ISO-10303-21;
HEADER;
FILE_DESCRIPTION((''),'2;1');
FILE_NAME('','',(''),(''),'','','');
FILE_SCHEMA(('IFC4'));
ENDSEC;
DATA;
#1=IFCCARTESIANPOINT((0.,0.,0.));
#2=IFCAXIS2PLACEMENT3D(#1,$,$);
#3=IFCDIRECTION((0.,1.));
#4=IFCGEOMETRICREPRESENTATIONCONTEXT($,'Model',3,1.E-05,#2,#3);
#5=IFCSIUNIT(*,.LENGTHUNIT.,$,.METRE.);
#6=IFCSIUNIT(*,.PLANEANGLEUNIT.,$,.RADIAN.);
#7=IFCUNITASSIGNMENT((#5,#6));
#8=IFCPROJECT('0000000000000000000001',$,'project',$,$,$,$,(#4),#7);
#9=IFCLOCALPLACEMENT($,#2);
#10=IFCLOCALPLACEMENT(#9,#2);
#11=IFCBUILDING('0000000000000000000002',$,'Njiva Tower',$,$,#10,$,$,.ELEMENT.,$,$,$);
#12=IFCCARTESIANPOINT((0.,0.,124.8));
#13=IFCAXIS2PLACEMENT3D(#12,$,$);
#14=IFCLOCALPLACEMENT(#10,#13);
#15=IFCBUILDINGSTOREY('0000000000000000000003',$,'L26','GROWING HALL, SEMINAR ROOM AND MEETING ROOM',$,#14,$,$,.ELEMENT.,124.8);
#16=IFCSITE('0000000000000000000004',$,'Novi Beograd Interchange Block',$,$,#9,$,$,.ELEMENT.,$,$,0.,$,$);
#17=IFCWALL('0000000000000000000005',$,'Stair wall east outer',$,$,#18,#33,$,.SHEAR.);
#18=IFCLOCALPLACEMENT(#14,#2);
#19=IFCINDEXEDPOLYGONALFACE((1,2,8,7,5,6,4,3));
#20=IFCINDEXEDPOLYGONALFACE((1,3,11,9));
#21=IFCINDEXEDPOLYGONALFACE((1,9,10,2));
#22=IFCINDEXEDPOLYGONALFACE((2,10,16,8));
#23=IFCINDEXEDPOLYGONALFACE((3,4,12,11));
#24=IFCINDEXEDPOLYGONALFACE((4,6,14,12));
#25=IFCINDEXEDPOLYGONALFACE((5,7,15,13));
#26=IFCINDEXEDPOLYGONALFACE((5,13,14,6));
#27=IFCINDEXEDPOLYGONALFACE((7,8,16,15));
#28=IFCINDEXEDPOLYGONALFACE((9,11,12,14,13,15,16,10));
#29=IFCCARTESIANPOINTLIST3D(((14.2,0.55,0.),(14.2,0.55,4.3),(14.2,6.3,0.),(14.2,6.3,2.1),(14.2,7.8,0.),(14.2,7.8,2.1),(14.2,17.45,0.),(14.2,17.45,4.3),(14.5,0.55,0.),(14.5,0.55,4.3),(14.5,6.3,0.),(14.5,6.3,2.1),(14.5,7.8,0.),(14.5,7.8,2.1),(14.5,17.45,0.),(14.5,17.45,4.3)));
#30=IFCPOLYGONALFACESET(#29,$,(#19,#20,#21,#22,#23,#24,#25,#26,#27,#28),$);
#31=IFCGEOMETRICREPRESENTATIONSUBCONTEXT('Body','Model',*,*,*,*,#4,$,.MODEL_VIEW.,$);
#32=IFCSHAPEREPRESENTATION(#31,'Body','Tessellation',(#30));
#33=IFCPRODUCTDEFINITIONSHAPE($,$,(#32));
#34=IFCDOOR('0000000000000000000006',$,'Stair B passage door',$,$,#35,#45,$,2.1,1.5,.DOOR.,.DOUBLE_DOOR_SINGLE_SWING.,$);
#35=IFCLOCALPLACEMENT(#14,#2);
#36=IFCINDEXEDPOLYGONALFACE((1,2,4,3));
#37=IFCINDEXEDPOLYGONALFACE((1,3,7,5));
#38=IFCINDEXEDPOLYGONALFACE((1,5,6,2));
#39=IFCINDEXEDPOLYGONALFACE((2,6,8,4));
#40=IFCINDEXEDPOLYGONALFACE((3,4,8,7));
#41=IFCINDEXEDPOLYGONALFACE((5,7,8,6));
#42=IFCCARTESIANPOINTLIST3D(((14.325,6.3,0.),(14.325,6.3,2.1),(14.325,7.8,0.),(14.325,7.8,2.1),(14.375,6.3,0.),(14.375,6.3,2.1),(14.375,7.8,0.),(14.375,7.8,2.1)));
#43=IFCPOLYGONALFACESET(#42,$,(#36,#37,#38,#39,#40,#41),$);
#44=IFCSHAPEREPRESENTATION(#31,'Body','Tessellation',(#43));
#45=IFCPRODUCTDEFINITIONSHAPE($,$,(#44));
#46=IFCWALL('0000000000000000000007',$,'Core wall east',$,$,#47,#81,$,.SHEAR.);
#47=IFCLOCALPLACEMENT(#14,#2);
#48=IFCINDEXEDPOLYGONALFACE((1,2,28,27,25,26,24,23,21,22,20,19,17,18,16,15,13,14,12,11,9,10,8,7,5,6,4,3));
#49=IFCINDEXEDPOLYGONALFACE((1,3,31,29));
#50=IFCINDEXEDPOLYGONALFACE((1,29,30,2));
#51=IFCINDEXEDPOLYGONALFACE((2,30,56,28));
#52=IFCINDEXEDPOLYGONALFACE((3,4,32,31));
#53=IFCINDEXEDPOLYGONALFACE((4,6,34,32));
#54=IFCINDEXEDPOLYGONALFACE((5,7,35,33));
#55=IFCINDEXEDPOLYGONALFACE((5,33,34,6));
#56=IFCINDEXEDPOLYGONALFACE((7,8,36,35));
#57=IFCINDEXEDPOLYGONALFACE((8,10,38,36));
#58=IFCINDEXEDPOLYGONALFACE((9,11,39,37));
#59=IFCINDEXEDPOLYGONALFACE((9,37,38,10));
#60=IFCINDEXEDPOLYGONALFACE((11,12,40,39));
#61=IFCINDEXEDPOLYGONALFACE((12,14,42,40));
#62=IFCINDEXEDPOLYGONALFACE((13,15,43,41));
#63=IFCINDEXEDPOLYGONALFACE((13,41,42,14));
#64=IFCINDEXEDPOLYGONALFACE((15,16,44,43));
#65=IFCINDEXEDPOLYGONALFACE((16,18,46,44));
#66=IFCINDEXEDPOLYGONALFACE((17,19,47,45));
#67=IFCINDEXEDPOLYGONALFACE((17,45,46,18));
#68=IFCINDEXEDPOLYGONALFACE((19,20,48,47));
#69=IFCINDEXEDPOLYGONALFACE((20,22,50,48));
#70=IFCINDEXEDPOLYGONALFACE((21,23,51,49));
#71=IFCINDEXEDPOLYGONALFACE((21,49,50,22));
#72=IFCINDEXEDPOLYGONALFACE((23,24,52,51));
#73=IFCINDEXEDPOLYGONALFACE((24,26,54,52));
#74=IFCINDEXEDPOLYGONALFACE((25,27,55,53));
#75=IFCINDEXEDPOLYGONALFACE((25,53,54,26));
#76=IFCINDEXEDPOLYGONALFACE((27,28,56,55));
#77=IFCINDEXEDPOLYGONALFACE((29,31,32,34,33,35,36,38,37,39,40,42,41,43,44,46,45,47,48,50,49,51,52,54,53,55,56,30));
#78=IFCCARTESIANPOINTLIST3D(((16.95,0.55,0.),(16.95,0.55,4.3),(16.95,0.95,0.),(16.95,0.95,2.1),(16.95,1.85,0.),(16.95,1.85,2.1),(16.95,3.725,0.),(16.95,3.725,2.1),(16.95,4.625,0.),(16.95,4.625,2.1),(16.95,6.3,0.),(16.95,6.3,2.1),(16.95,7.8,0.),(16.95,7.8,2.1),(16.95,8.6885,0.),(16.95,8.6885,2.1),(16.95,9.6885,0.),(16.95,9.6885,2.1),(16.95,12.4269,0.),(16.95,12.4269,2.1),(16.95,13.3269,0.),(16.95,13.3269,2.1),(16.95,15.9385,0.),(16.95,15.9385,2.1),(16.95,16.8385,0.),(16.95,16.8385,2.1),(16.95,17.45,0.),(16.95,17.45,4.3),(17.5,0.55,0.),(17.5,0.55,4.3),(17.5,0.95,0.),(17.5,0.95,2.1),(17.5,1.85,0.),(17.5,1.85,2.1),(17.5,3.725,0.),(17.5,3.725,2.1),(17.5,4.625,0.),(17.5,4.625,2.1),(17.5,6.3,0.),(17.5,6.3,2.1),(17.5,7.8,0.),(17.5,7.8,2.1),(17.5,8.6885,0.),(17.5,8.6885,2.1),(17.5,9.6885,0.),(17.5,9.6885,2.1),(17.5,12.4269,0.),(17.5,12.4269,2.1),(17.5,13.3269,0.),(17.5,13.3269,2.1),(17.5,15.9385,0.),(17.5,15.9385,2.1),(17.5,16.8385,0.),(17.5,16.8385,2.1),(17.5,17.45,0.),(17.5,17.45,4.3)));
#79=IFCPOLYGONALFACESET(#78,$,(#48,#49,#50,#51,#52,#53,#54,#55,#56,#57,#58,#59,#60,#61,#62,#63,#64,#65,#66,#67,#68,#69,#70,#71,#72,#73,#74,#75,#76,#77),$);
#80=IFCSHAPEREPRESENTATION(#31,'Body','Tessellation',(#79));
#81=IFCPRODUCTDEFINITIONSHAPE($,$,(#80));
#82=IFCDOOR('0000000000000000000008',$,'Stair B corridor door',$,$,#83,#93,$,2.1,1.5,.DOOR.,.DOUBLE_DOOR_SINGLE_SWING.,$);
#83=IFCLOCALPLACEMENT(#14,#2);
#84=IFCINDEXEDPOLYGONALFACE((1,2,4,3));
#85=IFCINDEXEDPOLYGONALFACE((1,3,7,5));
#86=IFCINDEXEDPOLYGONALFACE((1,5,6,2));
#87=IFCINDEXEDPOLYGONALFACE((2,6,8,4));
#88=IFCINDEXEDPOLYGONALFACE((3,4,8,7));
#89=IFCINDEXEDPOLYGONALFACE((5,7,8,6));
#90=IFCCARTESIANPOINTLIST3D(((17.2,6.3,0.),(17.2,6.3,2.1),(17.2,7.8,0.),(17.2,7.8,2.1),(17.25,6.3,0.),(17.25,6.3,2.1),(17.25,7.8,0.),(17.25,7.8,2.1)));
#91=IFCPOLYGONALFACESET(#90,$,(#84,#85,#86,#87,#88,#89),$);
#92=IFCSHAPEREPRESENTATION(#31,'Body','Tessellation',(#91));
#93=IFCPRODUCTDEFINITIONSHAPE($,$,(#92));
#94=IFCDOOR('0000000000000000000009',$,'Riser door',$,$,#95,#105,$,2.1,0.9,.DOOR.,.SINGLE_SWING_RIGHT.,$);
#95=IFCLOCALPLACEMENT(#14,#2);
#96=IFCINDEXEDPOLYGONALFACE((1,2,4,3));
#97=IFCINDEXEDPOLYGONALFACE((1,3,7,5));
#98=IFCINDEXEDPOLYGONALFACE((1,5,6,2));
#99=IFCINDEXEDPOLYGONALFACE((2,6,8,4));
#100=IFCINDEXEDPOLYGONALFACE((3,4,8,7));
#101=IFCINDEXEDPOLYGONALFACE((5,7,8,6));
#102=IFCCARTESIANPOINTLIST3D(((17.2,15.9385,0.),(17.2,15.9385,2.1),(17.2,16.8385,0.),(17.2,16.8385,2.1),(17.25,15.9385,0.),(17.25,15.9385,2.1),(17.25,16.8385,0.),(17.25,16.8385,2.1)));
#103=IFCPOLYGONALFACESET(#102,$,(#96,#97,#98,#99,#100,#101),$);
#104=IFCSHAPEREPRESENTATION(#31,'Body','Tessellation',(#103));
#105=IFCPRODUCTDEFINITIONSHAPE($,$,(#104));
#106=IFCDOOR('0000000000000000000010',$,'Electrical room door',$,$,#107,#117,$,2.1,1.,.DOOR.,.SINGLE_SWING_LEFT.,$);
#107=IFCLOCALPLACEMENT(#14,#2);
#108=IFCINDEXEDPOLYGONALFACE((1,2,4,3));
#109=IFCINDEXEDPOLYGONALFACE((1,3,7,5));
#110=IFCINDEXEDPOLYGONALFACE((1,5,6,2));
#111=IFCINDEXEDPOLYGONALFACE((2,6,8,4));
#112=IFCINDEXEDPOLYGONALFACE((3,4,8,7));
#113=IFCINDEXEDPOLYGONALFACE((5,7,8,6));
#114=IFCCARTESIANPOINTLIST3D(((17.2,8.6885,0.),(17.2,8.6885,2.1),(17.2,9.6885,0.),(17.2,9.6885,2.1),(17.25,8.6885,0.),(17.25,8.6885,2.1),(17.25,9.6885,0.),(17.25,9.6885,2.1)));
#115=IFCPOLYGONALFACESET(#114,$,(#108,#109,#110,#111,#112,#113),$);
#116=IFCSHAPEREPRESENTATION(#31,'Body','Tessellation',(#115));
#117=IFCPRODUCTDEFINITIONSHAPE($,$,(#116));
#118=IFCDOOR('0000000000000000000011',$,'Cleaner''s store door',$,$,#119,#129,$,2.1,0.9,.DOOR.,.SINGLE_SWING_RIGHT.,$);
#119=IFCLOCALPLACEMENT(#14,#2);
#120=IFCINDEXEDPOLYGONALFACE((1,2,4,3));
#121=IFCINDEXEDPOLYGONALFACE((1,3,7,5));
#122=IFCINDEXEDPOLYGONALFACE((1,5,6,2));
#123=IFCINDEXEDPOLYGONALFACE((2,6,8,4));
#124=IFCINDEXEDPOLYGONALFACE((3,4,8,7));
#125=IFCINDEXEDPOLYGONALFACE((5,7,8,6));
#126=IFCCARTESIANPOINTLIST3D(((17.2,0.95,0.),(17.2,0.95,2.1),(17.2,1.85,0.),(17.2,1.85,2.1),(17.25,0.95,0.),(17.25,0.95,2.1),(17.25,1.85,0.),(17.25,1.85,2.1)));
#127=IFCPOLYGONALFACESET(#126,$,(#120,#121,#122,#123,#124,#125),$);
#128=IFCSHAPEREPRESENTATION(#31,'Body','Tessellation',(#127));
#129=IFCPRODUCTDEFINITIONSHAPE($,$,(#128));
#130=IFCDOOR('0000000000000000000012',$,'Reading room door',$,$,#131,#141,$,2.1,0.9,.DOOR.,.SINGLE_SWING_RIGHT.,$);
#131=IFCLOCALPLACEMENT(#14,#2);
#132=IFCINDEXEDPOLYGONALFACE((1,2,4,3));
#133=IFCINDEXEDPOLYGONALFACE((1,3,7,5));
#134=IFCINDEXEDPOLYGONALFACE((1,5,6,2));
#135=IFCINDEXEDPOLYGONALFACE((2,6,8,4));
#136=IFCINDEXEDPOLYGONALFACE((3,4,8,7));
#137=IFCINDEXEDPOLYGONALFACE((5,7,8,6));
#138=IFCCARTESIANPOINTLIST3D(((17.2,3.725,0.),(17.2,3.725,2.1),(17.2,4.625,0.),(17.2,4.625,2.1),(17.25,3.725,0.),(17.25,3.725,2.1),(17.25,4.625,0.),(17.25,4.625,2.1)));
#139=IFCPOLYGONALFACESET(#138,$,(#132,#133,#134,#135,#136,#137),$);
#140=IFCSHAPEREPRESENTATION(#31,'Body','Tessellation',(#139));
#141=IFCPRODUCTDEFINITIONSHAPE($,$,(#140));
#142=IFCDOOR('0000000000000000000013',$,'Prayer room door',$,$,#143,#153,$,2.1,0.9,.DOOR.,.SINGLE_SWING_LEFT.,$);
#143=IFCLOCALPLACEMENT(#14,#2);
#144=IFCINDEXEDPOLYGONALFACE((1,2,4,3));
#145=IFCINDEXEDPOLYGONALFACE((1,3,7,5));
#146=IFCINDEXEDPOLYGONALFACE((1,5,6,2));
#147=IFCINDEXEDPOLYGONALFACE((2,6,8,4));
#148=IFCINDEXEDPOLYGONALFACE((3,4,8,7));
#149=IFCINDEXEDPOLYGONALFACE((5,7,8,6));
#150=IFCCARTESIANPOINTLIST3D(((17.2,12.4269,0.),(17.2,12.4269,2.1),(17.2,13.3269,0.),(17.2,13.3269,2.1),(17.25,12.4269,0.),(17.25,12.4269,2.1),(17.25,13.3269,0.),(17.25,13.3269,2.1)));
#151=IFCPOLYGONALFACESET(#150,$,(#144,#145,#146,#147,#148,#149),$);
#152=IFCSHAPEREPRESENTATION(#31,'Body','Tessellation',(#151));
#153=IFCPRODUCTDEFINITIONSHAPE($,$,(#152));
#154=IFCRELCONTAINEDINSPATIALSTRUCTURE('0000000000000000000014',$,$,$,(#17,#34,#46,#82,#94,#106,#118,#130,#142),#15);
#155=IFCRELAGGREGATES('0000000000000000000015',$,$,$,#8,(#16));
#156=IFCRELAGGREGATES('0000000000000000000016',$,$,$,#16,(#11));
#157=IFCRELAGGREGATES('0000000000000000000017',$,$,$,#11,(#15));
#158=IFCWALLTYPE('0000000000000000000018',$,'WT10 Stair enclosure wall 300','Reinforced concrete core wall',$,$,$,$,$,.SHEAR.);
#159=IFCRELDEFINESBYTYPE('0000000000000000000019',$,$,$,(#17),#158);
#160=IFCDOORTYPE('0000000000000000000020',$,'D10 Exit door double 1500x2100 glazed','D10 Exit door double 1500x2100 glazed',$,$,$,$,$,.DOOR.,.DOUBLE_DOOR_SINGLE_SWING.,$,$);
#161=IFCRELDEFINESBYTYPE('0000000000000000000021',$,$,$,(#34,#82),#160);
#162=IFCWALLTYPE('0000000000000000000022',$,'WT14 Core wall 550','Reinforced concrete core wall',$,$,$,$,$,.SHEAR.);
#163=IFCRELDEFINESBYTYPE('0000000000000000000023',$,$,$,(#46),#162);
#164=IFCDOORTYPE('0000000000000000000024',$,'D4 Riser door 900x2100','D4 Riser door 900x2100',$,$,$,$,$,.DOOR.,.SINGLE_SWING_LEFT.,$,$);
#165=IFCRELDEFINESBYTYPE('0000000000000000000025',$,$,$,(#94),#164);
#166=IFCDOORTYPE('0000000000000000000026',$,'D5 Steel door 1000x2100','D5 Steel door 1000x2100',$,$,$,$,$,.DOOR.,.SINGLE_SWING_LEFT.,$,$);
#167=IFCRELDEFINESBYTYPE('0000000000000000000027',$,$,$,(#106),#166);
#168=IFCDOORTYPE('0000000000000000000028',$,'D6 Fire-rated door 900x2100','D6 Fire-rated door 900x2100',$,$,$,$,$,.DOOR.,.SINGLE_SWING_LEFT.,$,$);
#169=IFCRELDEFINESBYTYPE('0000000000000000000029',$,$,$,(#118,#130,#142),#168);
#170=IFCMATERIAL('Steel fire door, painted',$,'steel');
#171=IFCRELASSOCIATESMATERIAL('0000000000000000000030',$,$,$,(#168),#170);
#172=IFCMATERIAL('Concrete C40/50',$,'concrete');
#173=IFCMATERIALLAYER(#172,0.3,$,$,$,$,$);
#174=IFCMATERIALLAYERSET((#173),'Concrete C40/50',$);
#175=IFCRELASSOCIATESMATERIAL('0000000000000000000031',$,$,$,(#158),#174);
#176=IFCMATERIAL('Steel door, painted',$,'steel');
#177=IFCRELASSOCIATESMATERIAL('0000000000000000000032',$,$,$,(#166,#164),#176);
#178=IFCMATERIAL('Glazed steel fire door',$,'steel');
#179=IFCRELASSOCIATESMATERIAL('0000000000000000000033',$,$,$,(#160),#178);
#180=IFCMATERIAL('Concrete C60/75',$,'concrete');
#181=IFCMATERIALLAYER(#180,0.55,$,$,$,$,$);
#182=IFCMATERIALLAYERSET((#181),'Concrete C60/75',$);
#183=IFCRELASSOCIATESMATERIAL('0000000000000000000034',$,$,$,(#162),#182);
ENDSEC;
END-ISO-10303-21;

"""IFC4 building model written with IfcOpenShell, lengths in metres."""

from ifc_helpers import new_model, si_unit, direction, frame, frame_2d, origin, place, context, subcontext, project, spatial, rectangle, extrude, material, layer, layer_set, type_object, element, fill, save


model = new_model("IFC4")

# Units and contexts
model_context = context("Model", 3, precision=1e-05, world=origin(), true_north=direction((0.0, 1.0)))
body_context = subcontext(model_context, "Body", "Model", "MODEL_VIEW")
ifc_project = project(units=[si_unit("LENGTHUNIT", "METRE"), si_unit("PLANEANGLEUNIT", "RADIAN")], contexts=[model_context])

# Site, building, storey
site_placement = place(None, origin())
site = spatial("IfcSite", under=ifc_project, at=site_placement, Name="Novi Beograd Interchange Block", CompositionType="ELEMENT", RefElevation=0.0)
building_placement = place(site_placement, origin())
building = spatial("IfcBuilding", under=site, at=building_placement, Name="Njiva Tower", CompositionType="ELEMENT")
storey_placement = place(building_placement, frame((0.0, 0.0, 124.8)))
storey = spatial("IfcBuildingStorey", under=building, at=storey_placement, Name="L26", Description="GROWING HALL, SEMINAR ROOM AND MEETING ROOM", CompositionType="ELEMENT", Elevation=124.8)

# Shared definitions
ifc_material_1 = material(Name="Steel fire door, painted", Category="steel")
door_type_1 = type_object("IfcDoorType", Name="D6 Fire-rated door 900x2100", Description="D6 Fire-rated door 900x2100", OperationType="SINGLE_SWING_LEFT", PredefinedType="DOOR", material=ifc_material_1)

# Shared definitions
ifc_material_2 = material(Name="Concrete C40/50", Category="concrete")
ifc_layer_1 = layer(ifc_material_2, 0.3)
ifc_layer_set_1 = layer_set([ifc_layer_1], Name="Concrete C40/50")
wall_type_1 = type_object("IfcWallType", Name="WT10 Stair enclosure wall 300", Description="Reinforced concrete core wall", PredefinedType="SHEAR", material=ifc_layer_set_1)
ifc_material_3 = material(Name="Steel door, painted", Category="steel")
door_type_2 = type_object("IfcDoorType", Name="D5 Steel door 1000x2100", Description="D5 Steel door 1000x2100", OperationType="SINGLE_SWING_LEFT", PredefinedType="DOOR", material=ifc_material_3)
ifc_material_4 = material(Name="Glazed steel fire door", Category="steel")

# Wall, opening, door
wall_1_placement = place(storey_placement, frame((14.35, 0.55, 0.0), z_axis=(0.0, 0.0, 1.0), x_axis=(0.0, 1.0, 0.0)))
wall_1 = element("IfcWall", 1, at=wall_1_placement, inside=storey, type_object=wall_type_1, Name="Stair wall east outer", PredefinedType="SHEAR", context=body_context, shape_type="SweptSolid", body=[
    extrude(rectangle(XDim=16.9, YDim=0.3, at=frame_2d((8.45, 0.0))), origin(), (0.0, 0.0, 1.0), 4.3),
])
opening_1_placement = place(wall_1_placement, frame((5.75, 0.0, 0.0)))
opening_1 = element("IfcOpeningElement", 2, at=opening_1_placement, cuts=wall_1, PredefinedType="OPENING", context=body_context, shape_type="SweptSolid", body=[
    extrude(rectangle(XDim=1.5, YDim=2.1, at=frame_2d((0.75, 1.05))), frame((0.0, 0.16, 0.0), z_axis=(0.0, -1.0, 0.0), x_axis=(1.0, 0.0, 0.0)), (0.0, 0.0, 1.0), 0.32),
])
door_type_3 = type_object("IfcDoorType", Name="D10 Exit door double 1500x2100 glazed", Description="D10 Exit door double 1500x2100 glazed", OperationType="DOUBLE_DOOR_SINGLE_SWING", PredefinedType="DOOR", material=ifc_material_4)
door_1_placement = place(opening_1_placement, origin())
door_1 = element("IfcDoor", 3, at=door_1_placement, inside=storey, type_object=door_type_3, Name="Stair B passage door", OperationType="DOUBLE_DOOR_SINGLE_SWING", OverallHeight=2.1, OverallWidth=1.5, PredefinedType="DOOR", context=body_context, shape_type="SweptSolid", body=[
    extrude(rectangle(XDim=1.5, YDim=2.1, at=frame_2d((0.75, 1.05))), frame((0.0, 0.025, 0.0), z_axis=(0.0, -1.0, 0.0), x_axis=(1.0, 0.0, 0.0)), (0.0, 0.0, 1.0), 0.05),
])
fill(opening_1, door_1)

# Wall, openings, doors
ifc_material_5 = material(Name="Concrete C60/75", Category="concrete")
ifc_layer_2 = layer(ifc_material_5, 0.55)
ifc_layer_set_2 = layer_set([ifc_layer_2], Name="Concrete C60/75")
wall_type_2 = type_object("IfcWallType", Name="WT14 Core wall 550", Description="Reinforced concrete core wall", PredefinedType="SHEAR", material=ifc_layer_set_2)
wall_2_placement = place(storey_placement, frame((17.225, 0.55, 0.0), z_axis=(0.0, 0.0, 1.0), x_axis=(0.0, 1.0, 0.0)))
wall_2 = element("IfcWall", 4, at=wall_2_placement, inside=storey, type_object=wall_type_2, Name="Core wall east", PredefinedType="SHEAR", context=body_context, shape_type="SweptSolid", body=[
    extrude(rectangle(XDim=16.9, YDim=0.55, at=frame_2d((8.45, 0.0))), origin(), (0.0, 0.0, 1.0), 4.3),
])
opening_2_placement = place(wall_2_placement, frame((5.75, 0.0, 0.0)))
opening_2 = element("IfcOpeningElement", 5, at=opening_2_placement, cuts=wall_2, PredefinedType="OPENING", context=body_context, shape_type="SweptSolid", body=[
    extrude(rectangle(XDim=1.5, YDim=2.1, at=frame_2d((0.75, 1.05))), frame((0.0, 0.285, 0.0), z_axis=(0.0, -1.0, 0.0), x_axis=(1.0, 0.0, 0.0)), (0.0, 0.0, 1.0), 0.57),
])
opening_3_placement = place(wall_2_placement, frame((0.4, 0.0, 0.0)))
opening_3 = element("IfcOpeningElement", 6, at=opening_3_placement, cuts=wall_2, PredefinedType="OPENING", context=body_context, shape_type="SweptSolid", body=[
    extrude(rectangle(XDim=0.9, YDim=2.1, at=frame_2d((0.45, 1.05))), frame((0.0, 0.285, 0.0), z_axis=(0.0, -1.0, 0.0), x_axis=(1.0, 0.0, 0.0)), (0.0, 0.0, 1.0), 0.57),
])
opening_4_placement = place(wall_2_placement, frame((3.175, 0.0, 0.0)))
opening_4 = element("IfcOpeningElement", 7, at=opening_4_placement, cuts=wall_2, PredefinedType="OPENING", context=body_context, shape_type="SweptSolid", body=[
    extrude(rectangle(XDim=0.9, YDim=2.1, at=frame_2d((0.45, 1.05))), frame((0.0, 0.285, 0.0), z_axis=(0.0, -1.0, 0.0), x_axis=(1.0, 0.0, 0.0)), (0.0, 0.0, 1.0), 0.57),
])
opening_5_placement = place(wall_2_placement, frame((8.1385, 0.0, 0.0)))
opening_5 = element("IfcOpeningElement", 8, at=opening_5_placement, cuts=wall_2, PredefinedType="OPENING", context=body_context, shape_type="SweptSolid", body=[
    extrude(rectangle(XDim=1.0, YDim=2.1, at=frame_2d((0.5, 1.05))), frame((0.0, 0.285, 0.0), z_axis=(0.0, -1.0, 0.0), x_axis=(1.0, 0.0, 0.0)), (0.0, 0.0, 1.0), 0.57),
])
opening_6_placement = place(wall_2_placement, frame((11.8769, 0.0, 0.0)))
opening_6 = element("IfcOpeningElement", 9, at=opening_6_placement, cuts=wall_2, PredefinedType="OPENING", context=body_context, shape_type="SweptSolid", body=[
    extrude(rectangle(XDim=0.9, YDim=2.1, at=frame_2d((0.45, 1.05))), frame((0.0, 0.285, 0.0), z_axis=(0.0, -1.0, 0.0), x_axis=(1.0, 0.0, 0.0)), (0.0, 0.0, 1.0), 0.57),
])
opening_7_placement = place(wall_2_placement, frame((15.3885, 0.0, 0.0)))
opening_7 = element("IfcOpeningElement", 10, at=opening_7_placement, cuts=wall_2, PredefinedType="OPENING", context=body_context, shape_type="SweptSolid", body=[
    extrude(rectangle(XDim=0.9, YDim=2.1, at=frame_2d((0.45, 1.05))), frame((0.0, 0.285, 0.0), z_axis=(0.0, -1.0, 0.0), x_axis=(1.0, 0.0, 0.0)), (0.0, 0.0, 1.0), 0.57),
])
door_2_placement = place(opening_2_placement, origin())
door_2 = element("IfcDoor", 11, at=door_2_placement, inside=storey, type_object=door_type_3, Name="Stair B corridor door", OperationType="DOUBLE_DOOR_SINGLE_SWING", OverallHeight=2.1, OverallWidth=1.5, PredefinedType="DOOR", context=body_context, shape_type="SweptSolid", body=[
    extrude(rectangle(XDim=1.5, YDim=2.1, at=frame_2d((0.75, 1.05))), frame((0.0, 0.025, 0.0), z_axis=(0.0, -1.0, 0.0), x_axis=(1.0, 0.0, 0.0)), (0.0, 0.0, 1.0), 0.05),
])
fill(opening_2, door_2)
door_type_4 = type_object("IfcDoorType", Name="D4 Riser door 900x2100", Description="D4 Riser door 900x2100", OperationType="SINGLE_SWING_LEFT", PredefinedType="DOOR", material=ifc_material_3)
door_3_placement = place(opening_7_placement, origin())
door_3 = element("IfcDoor", 12, at=door_3_placement, inside=storey, type_object=door_type_4, Name="Riser door", OperationType="SINGLE_SWING_RIGHT", OverallHeight=2.1, OverallWidth=0.9, PredefinedType="DOOR", context=body_context, shape_type="SweptSolid", body=[
    extrude(rectangle(XDim=0.9, YDim=2.1, at=frame_2d((0.45, 1.05))), frame((0.0, 0.025, 0.0), z_axis=(0.0, -1.0, 0.0), x_axis=(1.0, 0.0, 0.0)), (0.0, 0.0, 1.0), 0.05),
])
fill(opening_7, door_3)
door_4_placement = place(opening_5_placement, origin())
door_4 = element("IfcDoor", 13, at=door_4_placement, inside=storey, type_object=door_type_2, Name="Electrical room door", OperationType="SINGLE_SWING_LEFT", OverallHeight=2.1, OverallWidth=1.0, PredefinedType="DOOR", context=body_context, shape_type="SweptSolid", body=[
    extrude(rectangle(XDim=1.0, YDim=2.1, at=frame_2d((0.5, 1.05))), frame((0.0, 0.025, 0.0), z_axis=(0.0, -1.0, 0.0), x_axis=(1.0, 0.0, 0.0)), (0.0, 0.0, 1.0), 0.05),
])
fill(opening_5, door_4)
door_5_placement = place(opening_3_placement, origin())
door_5 = element("IfcDoor", 14, at=door_5_placement, inside=storey, type_object=door_type_1, Name="Cleaner's store door", OperationType="SINGLE_SWING_RIGHT", OverallHeight=2.1, OverallWidth=0.9, PredefinedType="DOOR", context=body_context, shape_type="SweptSolid", body=[
    extrude(rectangle(XDim=0.9, YDim=2.1, at=frame_2d((0.45, 1.05))), frame((0.0, 0.025, 0.0), z_axis=(0.0, -1.0, 0.0), x_axis=(1.0, 0.0, 0.0)), (0.0, 0.0, 1.0), 0.05),
])
fill(opening_3, door_5)
door_6_placement = place(opening_4_placement, origin())
door_6 = element("IfcDoor", 15, at=door_6_placement, inside=storey, type_object=door_type_1, Name="Reading room door", OperationType="SINGLE_SWING_RIGHT", OverallHeight=2.1, OverallWidth=0.9, PredefinedType="DOOR", context=body_context, shape_type="SweptSolid", body=[
    extrude(rectangle(XDim=0.9, YDim=2.1, at=frame_2d((0.45, 1.05))), frame((0.0, 0.025, 0.0), z_axis=(0.0, -1.0, 0.0), x_axis=(1.0, 0.0, 0.0)), (0.0, 0.0, 1.0), 0.05),
])
fill(opening_4, door_6)
door_7_placement = place(opening_6_placement, origin())
door_7 = element("IfcDoor", 16, at=door_7_placement, inside=storey, type_object=door_type_1, Name="Prayer room door", OperationType="SINGLE_SWING_LEFT", OverallHeight=2.1, OverallWidth=0.9, PredefinedType="DOOR", context=body_context, shape_type="SweptSolid", body=[
    extrude(rectangle(XDim=0.9, YDim=2.1, at=frame_2d((0.45, 1.05))), frame((0.0, 0.025, 0.0), z_axis=(0.0, -1.0, 0.0), x_axis=(1.0, 0.0, 0.0)), (0.0, 0.0, 1.0), 0.05),
])
fill(opening_6, door_7)

save(model, "model.ifc")
